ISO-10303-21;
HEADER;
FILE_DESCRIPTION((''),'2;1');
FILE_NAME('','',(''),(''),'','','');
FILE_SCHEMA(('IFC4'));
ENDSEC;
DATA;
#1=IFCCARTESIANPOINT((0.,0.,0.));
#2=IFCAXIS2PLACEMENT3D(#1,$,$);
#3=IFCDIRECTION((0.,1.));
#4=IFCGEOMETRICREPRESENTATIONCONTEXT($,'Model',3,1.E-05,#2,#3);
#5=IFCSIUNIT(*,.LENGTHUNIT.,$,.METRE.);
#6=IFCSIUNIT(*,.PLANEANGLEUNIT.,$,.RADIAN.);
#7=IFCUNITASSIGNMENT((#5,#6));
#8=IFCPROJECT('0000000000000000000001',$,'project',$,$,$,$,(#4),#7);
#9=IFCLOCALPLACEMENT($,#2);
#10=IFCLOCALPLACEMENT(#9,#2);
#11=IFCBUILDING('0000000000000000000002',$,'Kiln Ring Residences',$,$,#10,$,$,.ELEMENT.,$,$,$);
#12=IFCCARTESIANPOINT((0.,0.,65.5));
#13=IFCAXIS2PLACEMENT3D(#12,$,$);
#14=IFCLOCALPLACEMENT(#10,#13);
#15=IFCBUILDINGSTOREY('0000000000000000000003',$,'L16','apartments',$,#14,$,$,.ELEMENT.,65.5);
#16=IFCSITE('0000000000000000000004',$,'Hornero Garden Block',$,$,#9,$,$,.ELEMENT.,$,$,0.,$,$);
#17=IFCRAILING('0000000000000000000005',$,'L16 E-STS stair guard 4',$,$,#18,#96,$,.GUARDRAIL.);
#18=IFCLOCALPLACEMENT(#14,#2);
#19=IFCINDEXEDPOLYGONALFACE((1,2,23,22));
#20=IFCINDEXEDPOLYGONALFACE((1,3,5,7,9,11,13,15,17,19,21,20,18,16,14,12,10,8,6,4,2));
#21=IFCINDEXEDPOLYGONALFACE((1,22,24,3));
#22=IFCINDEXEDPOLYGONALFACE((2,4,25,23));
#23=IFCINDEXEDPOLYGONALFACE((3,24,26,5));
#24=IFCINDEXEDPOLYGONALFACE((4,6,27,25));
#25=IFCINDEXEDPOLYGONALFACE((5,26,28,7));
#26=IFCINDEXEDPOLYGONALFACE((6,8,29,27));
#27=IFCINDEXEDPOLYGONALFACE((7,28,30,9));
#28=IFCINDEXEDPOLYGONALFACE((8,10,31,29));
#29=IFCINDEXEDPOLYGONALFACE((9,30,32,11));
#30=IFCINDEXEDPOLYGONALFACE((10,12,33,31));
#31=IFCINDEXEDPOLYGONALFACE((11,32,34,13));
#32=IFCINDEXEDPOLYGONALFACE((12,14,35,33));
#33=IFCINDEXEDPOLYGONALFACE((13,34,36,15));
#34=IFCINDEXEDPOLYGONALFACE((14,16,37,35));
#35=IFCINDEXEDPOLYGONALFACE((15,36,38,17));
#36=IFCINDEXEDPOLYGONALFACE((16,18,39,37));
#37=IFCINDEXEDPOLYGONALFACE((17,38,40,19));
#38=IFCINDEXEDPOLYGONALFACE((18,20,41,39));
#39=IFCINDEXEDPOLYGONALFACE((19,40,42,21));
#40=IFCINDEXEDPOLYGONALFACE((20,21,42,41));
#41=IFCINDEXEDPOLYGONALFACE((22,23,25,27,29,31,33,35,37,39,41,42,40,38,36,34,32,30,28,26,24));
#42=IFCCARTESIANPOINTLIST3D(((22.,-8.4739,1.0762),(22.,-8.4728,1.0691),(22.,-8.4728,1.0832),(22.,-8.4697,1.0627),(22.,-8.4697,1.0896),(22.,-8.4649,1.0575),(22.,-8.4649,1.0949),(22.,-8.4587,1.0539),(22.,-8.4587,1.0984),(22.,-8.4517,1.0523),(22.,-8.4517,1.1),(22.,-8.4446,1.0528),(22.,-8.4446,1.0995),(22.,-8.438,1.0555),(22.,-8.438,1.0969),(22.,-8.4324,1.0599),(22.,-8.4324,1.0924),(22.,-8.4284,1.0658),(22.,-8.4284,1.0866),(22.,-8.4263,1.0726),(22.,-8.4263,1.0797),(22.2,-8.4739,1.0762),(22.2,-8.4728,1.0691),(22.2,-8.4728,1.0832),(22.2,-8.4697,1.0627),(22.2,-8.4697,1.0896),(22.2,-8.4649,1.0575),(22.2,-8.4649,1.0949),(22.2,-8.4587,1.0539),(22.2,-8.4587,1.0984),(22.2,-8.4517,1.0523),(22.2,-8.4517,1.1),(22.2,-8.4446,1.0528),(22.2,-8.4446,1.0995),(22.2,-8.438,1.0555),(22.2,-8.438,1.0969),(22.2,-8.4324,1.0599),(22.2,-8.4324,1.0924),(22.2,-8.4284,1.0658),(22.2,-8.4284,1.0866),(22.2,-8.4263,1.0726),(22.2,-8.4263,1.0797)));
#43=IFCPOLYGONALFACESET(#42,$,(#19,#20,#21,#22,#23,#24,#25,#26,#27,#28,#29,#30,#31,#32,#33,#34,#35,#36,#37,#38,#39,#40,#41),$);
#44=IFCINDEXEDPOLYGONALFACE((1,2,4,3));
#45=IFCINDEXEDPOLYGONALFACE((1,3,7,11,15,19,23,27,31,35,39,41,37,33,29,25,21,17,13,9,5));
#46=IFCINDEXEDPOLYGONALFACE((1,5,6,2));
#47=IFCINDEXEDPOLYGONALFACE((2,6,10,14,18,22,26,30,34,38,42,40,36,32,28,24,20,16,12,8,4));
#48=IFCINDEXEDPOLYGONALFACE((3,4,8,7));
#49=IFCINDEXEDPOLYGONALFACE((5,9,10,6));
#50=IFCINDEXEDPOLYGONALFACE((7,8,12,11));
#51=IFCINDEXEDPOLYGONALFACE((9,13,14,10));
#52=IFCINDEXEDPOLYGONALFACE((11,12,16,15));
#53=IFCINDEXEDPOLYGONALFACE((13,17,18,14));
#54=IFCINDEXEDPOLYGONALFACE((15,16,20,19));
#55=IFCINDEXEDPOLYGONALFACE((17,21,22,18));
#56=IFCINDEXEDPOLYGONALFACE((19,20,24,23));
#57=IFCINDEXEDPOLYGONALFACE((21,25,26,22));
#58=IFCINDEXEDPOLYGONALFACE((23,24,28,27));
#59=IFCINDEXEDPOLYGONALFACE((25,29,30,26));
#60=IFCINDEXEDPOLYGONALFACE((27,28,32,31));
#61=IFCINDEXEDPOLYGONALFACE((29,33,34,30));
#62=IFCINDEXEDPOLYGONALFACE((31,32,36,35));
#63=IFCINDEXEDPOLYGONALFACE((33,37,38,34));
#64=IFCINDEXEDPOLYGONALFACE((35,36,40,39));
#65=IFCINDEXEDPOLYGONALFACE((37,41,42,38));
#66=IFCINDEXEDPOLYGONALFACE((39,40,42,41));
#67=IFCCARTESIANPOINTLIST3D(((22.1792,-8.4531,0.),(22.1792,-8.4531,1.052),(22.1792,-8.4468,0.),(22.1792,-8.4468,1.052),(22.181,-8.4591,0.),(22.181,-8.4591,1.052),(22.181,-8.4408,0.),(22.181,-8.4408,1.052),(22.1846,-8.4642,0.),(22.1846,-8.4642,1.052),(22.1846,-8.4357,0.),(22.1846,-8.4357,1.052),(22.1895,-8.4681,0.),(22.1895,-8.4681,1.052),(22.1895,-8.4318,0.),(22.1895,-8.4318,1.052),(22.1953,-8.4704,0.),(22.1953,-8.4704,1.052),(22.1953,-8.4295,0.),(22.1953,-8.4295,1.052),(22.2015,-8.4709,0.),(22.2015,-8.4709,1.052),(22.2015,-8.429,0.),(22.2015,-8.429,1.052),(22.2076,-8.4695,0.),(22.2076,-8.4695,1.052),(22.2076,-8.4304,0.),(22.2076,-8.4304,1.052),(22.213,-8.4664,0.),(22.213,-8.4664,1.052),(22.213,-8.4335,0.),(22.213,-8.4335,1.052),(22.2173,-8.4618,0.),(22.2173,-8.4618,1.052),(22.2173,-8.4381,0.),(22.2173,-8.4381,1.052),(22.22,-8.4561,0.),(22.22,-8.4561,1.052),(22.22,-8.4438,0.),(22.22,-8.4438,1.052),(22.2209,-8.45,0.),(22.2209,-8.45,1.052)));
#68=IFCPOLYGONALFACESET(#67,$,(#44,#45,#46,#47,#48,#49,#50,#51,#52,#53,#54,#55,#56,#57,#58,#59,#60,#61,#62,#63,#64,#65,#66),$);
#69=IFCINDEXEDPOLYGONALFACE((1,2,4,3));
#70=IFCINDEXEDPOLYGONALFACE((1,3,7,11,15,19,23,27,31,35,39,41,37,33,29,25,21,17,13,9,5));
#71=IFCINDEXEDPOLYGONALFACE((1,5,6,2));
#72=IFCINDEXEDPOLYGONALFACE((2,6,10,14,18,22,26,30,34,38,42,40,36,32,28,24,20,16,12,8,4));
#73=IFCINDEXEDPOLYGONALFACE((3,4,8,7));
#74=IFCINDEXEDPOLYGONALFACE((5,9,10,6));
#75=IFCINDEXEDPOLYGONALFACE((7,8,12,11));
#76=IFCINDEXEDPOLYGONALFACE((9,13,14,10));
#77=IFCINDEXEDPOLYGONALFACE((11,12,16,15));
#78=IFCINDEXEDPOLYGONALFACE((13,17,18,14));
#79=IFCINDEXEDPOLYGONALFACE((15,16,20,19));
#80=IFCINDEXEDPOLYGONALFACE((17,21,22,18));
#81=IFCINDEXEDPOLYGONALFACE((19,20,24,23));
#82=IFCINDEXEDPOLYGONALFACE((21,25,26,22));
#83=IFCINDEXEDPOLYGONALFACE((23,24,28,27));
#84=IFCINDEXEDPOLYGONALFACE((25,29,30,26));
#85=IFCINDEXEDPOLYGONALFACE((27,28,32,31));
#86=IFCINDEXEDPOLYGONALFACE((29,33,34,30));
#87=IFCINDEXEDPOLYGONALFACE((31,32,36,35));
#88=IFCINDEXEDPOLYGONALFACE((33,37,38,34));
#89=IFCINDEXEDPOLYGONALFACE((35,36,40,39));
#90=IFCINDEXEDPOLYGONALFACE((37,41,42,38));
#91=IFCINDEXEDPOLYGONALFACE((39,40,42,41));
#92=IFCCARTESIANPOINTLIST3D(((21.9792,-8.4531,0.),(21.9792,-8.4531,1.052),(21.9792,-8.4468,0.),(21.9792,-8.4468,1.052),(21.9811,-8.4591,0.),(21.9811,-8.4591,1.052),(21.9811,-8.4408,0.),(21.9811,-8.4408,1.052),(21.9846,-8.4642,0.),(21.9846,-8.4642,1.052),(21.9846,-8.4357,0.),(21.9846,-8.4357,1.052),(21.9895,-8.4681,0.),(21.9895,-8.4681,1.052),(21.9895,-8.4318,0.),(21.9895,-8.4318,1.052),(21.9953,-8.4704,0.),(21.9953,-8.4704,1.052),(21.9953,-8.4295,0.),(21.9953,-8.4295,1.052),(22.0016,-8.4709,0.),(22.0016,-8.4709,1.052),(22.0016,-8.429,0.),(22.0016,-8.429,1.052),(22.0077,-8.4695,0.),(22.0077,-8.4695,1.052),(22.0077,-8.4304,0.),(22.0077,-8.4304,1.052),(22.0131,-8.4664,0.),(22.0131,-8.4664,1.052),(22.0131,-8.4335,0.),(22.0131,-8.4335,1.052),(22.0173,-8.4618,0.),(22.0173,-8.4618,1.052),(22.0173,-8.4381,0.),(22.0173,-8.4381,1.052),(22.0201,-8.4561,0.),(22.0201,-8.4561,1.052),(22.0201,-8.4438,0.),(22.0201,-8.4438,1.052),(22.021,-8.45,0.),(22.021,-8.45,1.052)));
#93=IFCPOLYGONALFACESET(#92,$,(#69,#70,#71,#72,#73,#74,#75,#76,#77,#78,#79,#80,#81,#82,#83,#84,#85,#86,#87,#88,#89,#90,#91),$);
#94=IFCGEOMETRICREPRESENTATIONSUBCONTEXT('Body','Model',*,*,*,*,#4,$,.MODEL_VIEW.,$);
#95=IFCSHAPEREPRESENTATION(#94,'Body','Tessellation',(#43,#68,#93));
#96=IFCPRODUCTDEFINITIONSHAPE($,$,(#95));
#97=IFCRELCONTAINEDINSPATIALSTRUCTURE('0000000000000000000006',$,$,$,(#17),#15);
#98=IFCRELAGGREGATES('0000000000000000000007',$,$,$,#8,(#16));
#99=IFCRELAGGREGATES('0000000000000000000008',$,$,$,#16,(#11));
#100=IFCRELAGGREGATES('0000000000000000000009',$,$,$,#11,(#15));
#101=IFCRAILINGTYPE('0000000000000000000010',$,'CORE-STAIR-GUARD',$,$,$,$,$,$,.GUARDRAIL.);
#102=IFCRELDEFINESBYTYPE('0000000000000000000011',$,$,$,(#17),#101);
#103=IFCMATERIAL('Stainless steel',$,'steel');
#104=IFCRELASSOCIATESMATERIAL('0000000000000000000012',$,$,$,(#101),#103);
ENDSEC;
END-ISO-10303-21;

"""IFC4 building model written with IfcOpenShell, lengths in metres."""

from ifc_helpers import new_model, si_unit, direction, frame, origin, origin_2d, place, context, subcontext, project, spatial, circle, extrude, material, type_object, element, save


model = new_model("IFC4")

# Units and contexts
model_context = context("Model", 3, precision=1e-05, world=origin(), true_north=direction((0.0, 1.0)))
body_context = subcontext(model_context, "Body", "Model", "MODEL_VIEW")
ifc_project = project(units=[si_unit("LENGTHUNIT", "METRE"), si_unit("PLANEANGLEUNIT", "RADIAN")], contexts=[model_context])

# Site, building, storey
site_placement = place(None, origin())
site = spatial("IfcSite", under=ifc_project, at=site_placement, Name="Hornero Garden Block", CompositionType="ELEMENT", RefElevation=0.0)
building_placement = place(site_placement, origin())
building = spatial("IfcBuilding", under=site, at=building_placement, Name="Kiln Ring Residences", CompositionType="ELEMENT")
storey_placement = place(building_placement, frame((0.0, 0.0, 65.5)))
storey = spatial("IfcBuildingStorey", under=building, at=storey_placement, Name="L16", Description="apartments", CompositionType="ELEMENT", Elevation=65.5)

# Railing
ifc_material_1 = material(Name="Stainless steel", Category="steel")
railing_type_1 = type_object("IfcRailingType", Name="CORE-STAIR-GUARD", PredefinedType="GUARDRAIL", material=ifc_material_1)
railing_1_placement = place(storey_placement, frame((22.2, -8.45, 0.0)))
element("IfcRailing", 1, at=railing_1_placement, inside=storey, type_object=railing_type_1, Name="L16 E-STS stair guard 4", PredefinedType="GUARDRAIL", context=body_context, shape_type="SweptSolid", body=[
    extrude(circle(Radius=0.0239, at=origin_2d()), frame((0.0, 0.0, 1.0762), z_axis=(-1.0, 0.0, 0.0), x_axis=(0.0, -1.0, 0.0)), (0.0, 0.0, 1.0), 0.2),
    extrude(circle(Radius=0.021, at=origin_2d()), origin(), (0.0, 0.0, 1.0), 1.052),
    extrude(circle(Radius=0.021, at=origin_2d()), frame((-0.2, 0.0, 0.0)), (0.0, 0.0, 1.0), 1.052),
])

save(model, "model.ifc")
